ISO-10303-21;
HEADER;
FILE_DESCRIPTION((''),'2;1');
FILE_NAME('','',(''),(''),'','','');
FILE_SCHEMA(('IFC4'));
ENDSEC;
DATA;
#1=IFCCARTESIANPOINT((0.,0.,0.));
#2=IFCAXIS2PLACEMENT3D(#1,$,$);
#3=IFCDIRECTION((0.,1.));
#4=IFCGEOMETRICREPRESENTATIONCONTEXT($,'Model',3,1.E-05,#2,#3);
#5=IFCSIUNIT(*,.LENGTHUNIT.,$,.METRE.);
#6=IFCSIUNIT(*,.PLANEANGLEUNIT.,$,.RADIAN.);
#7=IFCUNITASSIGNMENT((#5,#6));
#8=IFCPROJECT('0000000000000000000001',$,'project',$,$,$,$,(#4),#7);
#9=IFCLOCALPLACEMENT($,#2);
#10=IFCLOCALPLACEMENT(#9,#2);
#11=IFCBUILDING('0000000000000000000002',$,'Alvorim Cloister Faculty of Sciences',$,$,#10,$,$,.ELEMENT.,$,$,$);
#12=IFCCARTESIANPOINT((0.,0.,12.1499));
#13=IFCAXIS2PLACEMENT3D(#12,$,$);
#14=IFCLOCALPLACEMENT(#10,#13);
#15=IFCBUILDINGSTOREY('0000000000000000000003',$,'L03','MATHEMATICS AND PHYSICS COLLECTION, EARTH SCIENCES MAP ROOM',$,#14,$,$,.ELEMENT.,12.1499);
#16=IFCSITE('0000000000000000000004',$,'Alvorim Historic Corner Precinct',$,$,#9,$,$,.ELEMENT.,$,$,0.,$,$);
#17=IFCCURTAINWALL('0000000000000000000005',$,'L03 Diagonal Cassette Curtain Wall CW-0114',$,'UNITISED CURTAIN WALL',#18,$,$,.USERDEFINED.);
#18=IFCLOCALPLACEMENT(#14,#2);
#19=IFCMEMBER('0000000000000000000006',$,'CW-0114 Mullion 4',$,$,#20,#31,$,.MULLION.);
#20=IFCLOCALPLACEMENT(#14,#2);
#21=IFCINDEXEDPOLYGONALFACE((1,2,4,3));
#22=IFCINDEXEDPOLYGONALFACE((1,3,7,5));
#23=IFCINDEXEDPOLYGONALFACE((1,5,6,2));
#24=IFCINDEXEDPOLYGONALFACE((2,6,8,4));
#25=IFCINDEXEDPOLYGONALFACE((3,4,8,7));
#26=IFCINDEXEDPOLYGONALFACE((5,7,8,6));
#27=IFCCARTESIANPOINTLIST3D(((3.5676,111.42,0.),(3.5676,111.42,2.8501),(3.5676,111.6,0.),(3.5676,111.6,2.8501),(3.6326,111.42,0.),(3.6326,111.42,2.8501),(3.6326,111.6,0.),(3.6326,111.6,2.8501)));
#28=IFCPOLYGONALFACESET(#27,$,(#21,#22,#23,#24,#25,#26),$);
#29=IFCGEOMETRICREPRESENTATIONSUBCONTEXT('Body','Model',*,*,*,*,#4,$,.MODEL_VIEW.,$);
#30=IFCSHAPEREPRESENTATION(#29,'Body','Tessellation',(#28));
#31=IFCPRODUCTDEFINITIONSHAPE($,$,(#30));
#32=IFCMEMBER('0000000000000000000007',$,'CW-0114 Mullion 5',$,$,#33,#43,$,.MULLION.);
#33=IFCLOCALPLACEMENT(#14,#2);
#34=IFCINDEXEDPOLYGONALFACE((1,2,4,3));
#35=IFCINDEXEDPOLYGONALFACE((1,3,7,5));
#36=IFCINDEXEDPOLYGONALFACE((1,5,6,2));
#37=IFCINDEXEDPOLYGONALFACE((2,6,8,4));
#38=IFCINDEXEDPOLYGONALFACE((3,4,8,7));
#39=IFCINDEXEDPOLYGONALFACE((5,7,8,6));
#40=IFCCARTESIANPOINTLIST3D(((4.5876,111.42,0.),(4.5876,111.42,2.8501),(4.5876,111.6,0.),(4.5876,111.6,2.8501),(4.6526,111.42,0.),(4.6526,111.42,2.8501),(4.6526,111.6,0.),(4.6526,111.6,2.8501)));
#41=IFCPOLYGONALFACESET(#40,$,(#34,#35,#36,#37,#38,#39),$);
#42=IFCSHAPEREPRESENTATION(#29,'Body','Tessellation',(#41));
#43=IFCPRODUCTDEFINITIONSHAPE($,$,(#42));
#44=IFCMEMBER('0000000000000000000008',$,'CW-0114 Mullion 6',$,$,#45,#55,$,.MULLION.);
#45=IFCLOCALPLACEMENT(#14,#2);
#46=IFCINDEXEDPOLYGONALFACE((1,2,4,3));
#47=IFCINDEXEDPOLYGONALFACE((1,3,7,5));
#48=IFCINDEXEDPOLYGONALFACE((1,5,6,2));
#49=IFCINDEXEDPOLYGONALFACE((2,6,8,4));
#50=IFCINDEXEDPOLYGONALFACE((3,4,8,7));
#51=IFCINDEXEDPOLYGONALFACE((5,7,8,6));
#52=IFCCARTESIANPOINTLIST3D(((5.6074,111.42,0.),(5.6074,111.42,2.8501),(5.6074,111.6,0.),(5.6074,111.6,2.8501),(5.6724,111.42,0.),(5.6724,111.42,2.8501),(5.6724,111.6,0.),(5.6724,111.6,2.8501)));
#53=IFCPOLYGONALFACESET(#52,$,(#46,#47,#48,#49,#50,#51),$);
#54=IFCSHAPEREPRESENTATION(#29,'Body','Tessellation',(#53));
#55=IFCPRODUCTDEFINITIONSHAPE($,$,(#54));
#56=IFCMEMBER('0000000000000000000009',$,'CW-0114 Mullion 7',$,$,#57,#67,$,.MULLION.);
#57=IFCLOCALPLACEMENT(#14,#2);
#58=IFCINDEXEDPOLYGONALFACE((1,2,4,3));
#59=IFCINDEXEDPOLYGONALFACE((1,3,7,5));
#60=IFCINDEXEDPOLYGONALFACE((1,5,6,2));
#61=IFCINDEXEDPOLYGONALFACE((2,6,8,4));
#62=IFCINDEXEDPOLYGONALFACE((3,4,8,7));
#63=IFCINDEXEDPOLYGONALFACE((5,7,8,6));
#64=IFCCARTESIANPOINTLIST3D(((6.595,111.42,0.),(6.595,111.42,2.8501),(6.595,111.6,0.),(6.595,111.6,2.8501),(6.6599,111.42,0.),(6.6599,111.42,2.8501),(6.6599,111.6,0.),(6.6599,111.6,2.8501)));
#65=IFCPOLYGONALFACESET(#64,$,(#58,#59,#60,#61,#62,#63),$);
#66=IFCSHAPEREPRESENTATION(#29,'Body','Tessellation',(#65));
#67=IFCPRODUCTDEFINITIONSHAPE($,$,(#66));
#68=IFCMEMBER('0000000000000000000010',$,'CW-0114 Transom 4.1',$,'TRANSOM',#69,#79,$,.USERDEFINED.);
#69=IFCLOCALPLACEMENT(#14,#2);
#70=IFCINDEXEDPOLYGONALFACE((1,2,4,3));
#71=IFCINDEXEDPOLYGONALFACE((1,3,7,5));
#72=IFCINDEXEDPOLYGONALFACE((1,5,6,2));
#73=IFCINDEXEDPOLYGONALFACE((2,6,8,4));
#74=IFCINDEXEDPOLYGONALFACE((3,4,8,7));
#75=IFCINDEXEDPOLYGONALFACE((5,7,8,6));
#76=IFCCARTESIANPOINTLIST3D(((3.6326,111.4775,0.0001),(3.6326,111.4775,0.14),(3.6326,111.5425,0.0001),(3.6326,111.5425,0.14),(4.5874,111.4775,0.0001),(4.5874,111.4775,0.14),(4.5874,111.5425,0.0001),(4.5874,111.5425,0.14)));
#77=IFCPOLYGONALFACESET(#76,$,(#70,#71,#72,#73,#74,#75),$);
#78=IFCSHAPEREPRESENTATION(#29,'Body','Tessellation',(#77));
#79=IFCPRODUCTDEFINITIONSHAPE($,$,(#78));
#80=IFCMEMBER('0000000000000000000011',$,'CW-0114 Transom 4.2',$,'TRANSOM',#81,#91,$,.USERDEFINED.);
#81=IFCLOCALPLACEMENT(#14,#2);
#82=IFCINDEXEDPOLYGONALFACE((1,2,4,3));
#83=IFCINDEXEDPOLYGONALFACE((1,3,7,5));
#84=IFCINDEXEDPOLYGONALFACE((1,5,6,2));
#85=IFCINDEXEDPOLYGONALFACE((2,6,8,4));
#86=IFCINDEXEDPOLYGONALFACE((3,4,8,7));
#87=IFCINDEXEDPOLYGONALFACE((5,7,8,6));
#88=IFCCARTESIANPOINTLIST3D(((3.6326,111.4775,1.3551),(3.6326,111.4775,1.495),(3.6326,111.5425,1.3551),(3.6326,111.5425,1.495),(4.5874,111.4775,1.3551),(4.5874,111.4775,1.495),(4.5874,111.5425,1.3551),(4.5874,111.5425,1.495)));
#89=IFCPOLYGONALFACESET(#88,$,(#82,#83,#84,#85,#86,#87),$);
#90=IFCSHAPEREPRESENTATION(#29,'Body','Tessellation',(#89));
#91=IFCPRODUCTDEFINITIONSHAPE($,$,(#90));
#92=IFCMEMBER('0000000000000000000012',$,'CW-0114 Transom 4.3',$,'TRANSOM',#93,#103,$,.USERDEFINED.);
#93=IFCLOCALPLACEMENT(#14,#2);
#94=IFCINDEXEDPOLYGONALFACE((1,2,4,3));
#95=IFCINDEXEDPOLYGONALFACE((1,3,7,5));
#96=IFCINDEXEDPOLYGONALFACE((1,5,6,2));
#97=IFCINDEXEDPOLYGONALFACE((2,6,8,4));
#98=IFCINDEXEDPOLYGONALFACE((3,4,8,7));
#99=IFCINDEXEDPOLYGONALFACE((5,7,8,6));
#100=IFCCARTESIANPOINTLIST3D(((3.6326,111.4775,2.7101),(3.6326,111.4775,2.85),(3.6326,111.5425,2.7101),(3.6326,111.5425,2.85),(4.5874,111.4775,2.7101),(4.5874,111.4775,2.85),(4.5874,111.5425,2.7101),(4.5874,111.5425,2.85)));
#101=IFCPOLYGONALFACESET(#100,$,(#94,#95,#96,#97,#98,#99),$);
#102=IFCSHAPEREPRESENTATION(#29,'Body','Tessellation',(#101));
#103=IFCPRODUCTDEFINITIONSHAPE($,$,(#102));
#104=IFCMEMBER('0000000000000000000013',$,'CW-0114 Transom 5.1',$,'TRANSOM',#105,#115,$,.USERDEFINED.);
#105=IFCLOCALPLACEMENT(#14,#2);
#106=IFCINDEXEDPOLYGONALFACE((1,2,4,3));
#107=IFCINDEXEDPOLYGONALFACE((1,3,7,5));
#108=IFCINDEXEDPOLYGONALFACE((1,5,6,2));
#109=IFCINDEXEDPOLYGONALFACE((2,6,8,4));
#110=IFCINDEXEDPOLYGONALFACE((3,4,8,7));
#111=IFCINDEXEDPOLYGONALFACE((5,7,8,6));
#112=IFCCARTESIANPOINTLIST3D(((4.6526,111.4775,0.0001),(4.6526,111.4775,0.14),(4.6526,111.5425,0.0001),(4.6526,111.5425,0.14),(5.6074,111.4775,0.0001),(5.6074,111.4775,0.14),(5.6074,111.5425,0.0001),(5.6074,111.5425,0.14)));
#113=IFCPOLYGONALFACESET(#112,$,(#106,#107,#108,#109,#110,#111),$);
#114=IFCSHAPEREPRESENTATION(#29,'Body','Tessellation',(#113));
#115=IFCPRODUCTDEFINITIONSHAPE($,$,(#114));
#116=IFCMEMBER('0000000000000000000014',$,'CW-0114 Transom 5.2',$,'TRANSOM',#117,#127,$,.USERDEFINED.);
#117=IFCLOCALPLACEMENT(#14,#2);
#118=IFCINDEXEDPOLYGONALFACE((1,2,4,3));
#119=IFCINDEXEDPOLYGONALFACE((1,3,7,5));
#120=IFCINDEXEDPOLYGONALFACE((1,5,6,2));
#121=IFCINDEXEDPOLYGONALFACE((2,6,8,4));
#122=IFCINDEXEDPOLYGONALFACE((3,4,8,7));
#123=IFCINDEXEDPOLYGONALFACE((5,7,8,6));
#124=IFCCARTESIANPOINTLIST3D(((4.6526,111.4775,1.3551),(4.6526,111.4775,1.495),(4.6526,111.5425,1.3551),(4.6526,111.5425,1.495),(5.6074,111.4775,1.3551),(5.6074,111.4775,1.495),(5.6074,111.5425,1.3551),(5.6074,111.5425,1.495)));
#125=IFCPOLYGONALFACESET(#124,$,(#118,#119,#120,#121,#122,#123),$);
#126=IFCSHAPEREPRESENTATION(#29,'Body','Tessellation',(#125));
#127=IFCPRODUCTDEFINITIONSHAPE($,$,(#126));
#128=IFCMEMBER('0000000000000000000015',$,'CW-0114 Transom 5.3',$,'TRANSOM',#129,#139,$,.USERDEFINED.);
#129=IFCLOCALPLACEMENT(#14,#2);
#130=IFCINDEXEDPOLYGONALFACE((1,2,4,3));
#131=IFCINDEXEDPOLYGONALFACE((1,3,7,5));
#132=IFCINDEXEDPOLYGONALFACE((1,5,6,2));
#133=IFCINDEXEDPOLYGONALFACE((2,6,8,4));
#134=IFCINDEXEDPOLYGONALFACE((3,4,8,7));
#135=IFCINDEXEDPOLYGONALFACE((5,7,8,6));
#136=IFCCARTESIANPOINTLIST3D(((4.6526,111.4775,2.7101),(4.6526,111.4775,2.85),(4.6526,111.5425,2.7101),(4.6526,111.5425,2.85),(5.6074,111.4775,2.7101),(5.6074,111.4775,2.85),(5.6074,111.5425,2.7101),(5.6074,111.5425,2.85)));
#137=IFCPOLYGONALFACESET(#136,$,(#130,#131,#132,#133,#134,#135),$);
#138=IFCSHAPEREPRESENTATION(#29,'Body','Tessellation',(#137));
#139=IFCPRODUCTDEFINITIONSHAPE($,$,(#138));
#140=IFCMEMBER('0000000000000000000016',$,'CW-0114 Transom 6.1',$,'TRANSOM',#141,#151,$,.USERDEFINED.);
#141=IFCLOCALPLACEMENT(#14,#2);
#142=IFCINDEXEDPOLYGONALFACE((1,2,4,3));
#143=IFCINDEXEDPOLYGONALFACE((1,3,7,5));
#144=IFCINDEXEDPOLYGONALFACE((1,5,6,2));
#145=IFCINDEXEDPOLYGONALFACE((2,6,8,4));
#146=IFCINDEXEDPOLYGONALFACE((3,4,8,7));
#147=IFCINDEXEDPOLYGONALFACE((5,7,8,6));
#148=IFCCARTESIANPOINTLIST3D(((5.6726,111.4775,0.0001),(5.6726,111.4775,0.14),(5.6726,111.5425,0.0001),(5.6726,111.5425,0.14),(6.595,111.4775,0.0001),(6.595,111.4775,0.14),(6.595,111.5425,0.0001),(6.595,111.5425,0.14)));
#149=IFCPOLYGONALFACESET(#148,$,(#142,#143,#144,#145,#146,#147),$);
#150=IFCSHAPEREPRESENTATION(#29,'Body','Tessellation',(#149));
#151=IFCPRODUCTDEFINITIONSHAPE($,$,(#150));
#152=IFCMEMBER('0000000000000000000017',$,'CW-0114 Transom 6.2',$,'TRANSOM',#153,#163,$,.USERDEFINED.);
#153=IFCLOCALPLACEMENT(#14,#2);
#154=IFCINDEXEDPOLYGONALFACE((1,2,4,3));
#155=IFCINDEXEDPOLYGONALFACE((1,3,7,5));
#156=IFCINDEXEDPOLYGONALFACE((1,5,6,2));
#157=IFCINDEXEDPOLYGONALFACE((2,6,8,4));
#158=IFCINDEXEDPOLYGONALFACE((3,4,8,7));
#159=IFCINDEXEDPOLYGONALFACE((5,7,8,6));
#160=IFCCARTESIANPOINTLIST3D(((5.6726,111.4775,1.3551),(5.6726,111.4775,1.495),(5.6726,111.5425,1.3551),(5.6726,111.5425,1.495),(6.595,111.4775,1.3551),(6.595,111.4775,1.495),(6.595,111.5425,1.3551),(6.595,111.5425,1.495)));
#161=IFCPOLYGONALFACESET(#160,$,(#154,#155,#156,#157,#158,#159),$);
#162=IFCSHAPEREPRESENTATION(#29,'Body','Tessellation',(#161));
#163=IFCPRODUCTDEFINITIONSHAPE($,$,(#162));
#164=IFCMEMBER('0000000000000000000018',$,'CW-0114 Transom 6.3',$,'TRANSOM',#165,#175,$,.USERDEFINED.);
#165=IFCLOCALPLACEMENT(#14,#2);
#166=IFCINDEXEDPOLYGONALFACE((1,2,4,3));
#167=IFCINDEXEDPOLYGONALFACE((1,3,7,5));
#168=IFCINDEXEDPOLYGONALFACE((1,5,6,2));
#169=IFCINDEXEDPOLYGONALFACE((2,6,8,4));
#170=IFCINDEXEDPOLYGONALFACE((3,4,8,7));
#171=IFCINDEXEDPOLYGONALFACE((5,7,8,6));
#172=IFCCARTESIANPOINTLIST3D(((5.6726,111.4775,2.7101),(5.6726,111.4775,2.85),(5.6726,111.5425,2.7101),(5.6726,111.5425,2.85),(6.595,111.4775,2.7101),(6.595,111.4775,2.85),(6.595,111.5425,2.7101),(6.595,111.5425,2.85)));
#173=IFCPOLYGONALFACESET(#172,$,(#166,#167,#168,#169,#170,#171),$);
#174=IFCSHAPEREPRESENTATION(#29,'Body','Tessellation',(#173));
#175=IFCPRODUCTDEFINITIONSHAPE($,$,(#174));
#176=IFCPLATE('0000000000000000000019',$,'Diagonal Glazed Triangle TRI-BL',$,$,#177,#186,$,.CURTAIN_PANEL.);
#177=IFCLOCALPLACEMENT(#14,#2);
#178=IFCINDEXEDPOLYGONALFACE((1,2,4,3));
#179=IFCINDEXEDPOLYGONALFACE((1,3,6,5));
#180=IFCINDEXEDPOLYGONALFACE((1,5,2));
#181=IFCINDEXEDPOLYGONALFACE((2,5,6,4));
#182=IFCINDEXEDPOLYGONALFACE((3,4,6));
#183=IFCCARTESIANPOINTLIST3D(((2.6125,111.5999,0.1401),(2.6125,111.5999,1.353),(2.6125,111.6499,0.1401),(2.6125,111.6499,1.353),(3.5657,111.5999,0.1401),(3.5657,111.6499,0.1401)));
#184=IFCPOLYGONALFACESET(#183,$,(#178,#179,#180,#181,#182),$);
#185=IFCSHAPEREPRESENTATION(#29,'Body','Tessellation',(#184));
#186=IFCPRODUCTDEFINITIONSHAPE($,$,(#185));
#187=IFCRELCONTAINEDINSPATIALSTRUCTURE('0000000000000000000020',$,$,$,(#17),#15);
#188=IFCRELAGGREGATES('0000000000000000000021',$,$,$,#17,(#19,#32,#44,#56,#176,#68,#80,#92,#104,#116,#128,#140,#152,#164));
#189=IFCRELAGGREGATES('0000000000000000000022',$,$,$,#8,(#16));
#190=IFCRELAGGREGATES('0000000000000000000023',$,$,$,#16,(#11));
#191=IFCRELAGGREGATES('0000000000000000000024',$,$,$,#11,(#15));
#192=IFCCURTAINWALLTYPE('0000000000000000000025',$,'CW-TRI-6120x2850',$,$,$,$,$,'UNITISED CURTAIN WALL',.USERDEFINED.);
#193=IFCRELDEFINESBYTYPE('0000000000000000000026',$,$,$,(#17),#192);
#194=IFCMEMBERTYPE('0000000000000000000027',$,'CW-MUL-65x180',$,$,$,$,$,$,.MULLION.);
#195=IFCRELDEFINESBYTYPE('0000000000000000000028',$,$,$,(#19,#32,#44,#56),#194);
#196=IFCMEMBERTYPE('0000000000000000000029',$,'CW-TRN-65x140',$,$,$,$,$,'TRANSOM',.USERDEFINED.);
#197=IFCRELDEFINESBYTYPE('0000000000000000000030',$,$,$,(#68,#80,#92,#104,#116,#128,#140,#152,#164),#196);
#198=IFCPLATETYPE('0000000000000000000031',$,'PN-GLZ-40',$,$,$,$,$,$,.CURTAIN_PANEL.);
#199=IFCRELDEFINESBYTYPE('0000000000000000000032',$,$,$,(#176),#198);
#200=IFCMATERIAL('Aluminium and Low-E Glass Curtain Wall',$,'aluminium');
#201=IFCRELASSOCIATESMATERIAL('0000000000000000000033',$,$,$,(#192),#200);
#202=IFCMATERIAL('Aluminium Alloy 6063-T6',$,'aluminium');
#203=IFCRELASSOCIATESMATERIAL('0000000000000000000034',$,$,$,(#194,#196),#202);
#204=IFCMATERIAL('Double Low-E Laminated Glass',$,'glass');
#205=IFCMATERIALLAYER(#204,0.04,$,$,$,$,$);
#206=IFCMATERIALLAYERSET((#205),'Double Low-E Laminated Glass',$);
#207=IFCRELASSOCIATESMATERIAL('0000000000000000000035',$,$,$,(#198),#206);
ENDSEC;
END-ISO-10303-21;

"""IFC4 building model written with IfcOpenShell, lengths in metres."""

from ifc_helpers import new_model, si_unit, direction, frame, origin, origin_2d, place, context, subcontext, project, spatial, polyline, rectangle, outline, extrude, material, layer, layer_set, material_profile, profile_set, type_object, element, aggregate, save


model = new_model("IFC4")

# Units and contexts
model_context = context("Model", 3, precision=1e-05, world=origin(), true_north=direction((0.0, 1.0)))
body_context = subcontext(model_context, "Body", "Model", "MODEL_VIEW")
ifc_project = project(units=[si_unit("LENGTHUNIT", "METRE"), si_unit("PLANEANGLEUNIT", "RADIAN")], contexts=[model_context])

# Site, building, storey
site_placement = place(None, origin())
site = spatial("IfcSite", under=ifc_project, at=site_placement, Name="Alvorim Historic Corner Precinct", CompositionType="ELEMENT", RefElevation=0.0)
building_placement = place(site_placement, origin())
building = spatial("IfcBuilding", under=site, at=building_placement, Name="Alvorim Cloister Faculty of Sciences", CompositionType="ELEMENT")
storey_placement = place(building_placement, frame((0.0, 0.0, 12.1499)))
storey = spatial("IfcBuildingStorey", under=building, at=storey_placement, Name="L03", Description="MATHEMATICS AND PHYSICS COLLECTION, EARTH SCIENCES MAP ROOM", CompositionType="ELEMENT", Elevation=12.1499)

# Curtain wall, members, plate
ifc_material_1 = material(Name="Aluminium and Low-E Glass Curtain Wall", Category="aluminium")
curtain_wall_type = type_object("IfcCurtainWallType", Name="CW-TRI-6120x2850", ElementType="UNITISED CURTAIN WALL", PredefinedType="USERDEFINED", material=ifc_material_1)
curtain_wall_placement = place(storey_placement, origin())
curtain_wall = element("IfcCurtainWall", 1, at=curtain_wall_placement, inside=storey, type_object=curtain_wall_type, Name="L03 Diagonal Cassette Curtain Wall CW-0114", ObjectType="UNITISED CURTAIN WALL", PredefinedType="USERDEFINED")
ifc_material_2 = material(Name="Aluminium Alloy 6063-T6", Category="aluminium")
ifc_material_profile_1 = material_profile(ifc_material_2, rectangle(XDim=0.0649, YDim=0.1799, at=origin_2d()), Name="ALU-MUL-65x180")
ifc_profile_set_1 = profile_set([ifc_material_profile_1], Name="Aluminium Alloy 6063-T6")
member_type_1 = type_object("IfcMemberType", Name="CW-MUL-65x180", PredefinedType="MULLION", material=ifc_profile_set_1)
member_1_placement = place(storey_placement, frame((3.6001, 111.51, 0.0), z_axis=(0.0, 0.0, 1.0), x_axis=(1.0, 0.0, 0.0)))
member_1 = element("IfcMember", 2, at=member_1_placement, type_object=member_type_1, Name="CW-0114 Mullion 4", PredefinedType="MULLION", context=body_context, shape_type="SweptSolid", body=[
    extrude(rectangle(XDim=0.0649, YDim=0.1799, at=origin_2d()), origin(), (0.0, 0.0, 1.0), 2.8501),
])
member_2_placement = place(storey_placement, frame((4.6201, 111.51, 0.0), z_axis=(0.0, 0.0, 1.0), x_axis=(1.0, 0.0, 0.0)))
member_2 = element("IfcMember", 3, at=member_2_placement, type_object=member_type_1, Name="CW-0114 Mullion 5", PredefinedType="MULLION", context=body_context, shape_type="SweptSolid", body=[
    extrude(rectangle(XDim=0.0649, YDim=0.1799, at=origin_2d()), origin(), (0.0, 0.0, 1.0), 2.8501),
])
member_3_placement = place(storey_placement, frame((5.6399, 111.51, 0.0), z_axis=(0.0, 0.0, 1.0), x_axis=(1.0, 0.0, 0.0)))
member_3 = element("IfcMember", 4, at=member_3_placement, type_object=member_type_1, Name="CW-0114 Mullion 6", PredefinedType="MULLION", context=body_context, shape_type="SweptSolid", body=[
    extrude(rectangle(XDim=0.0649, YDim=0.1799, at=origin_2d()), origin(), (0.0, 0.0, 1.0), 2.8501),
])
member_4_placement = place(storey_placement, frame((6.6274, 111.51, 0.0), z_axis=(0.0, 0.0, 1.0), x_axis=(1.0, 0.0, 0.0)))
member_4 = element("IfcMember", 5, at=member_4_placement, type_object=member_type_1, Name="CW-0114 Mullion 7", PredefinedType="MULLION", context=body_context, shape_type="SweptSolid", body=[
    extrude(rectangle(XDim=0.0649, YDim=0.1799, at=origin_2d()), origin(), (0.0, 0.0, 1.0), 2.8501),
])
ifc_material_profile_2 = material_profile(ifc_material_2, rectangle(XDim=0.0649, YDim=0.1399, at=origin_2d()), Name="ALU-TRN-65x140")
ifc_profile_set_2 = profile_set([ifc_material_profile_2], Name="Aluminium Alloy 6063-T6")
member_type_2 = type_object("IfcMemberType", Name="CW-TRN-65x140", ElementType="TRANSOM", PredefinedType="USERDEFINED", material=ifc_profile_set_2)
member_5_placement = place(storey_placement, frame((3.6326, 111.51, 0.0701), z_axis=(1.0, 0.0, 0.0), x_axis=(0.0, 1.0, 0.0)))
member_5 = element("IfcMember", 6, at=member_5_placement, type_object=member_type_2, Name="CW-0114 Transom 4.1", ObjectType="TRANSOM", PredefinedType="USERDEFINED", context=body_context, shape_type="SweptSolid", body=[
    extrude(rectangle(XDim=0.0649, YDim=0.1399, at=origin_2d()), origin(), (0.0, 0.0, 1.0), 0.9548),
])
member_6_placement = place(storey_placement, frame((3.6326, 111.51, 1.425), z_axis=(1.0, 0.0, 0.0), x_axis=(0.0, 1.0, 0.0)))
member_6 = element("IfcMember", 7, at=member_6_placement, type_object=member_type_2, Name="CW-0114 Transom 4.2", ObjectType="TRANSOM", PredefinedType="USERDEFINED", context=body_context, shape_type="SweptSolid", body=[
    extrude(rectangle(XDim=0.0649, YDim=0.1399, at=origin_2d()), origin(), (0.0, 0.0, 1.0), 0.9548),
])
member_7_placement = place(storey_placement, frame((3.6326, 111.51, 2.78), z_axis=(1.0, 0.0, 0.0), x_axis=(0.0, 1.0, 0.0)))
member_7 = element("IfcMember", 8, at=member_7_placement, type_object=member_type_2, Name="CW-0114 Transom 4.3", ObjectType="TRANSOM", PredefinedType="USERDEFINED", context=body_context, shape_type="SweptSolid", body=[
    extrude(rectangle(XDim=0.0649, YDim=0.1399, at=origin_2d()), origin(), (0.0, 0.0, 1.0), 0.9548),
])
member_8_placement = place(storey_placement, frame((4.6526, 111.51, 0.0701), z_axis=(1.0, 0.0, 0.0), x_axis=(0.0, 1.0, 0.0)))
member_8 = element("IfcMember", 9, at=member_8_placement, type_object=member_type_2, Name="CW-0114 Transom 5.1", ObjectType="TRANSOM", PredefinedType="USERDEFINED", context=body_context, shape_type="SweptSolid", body=[
    extrude(rectangle(XDim=0.0649, YDim=0.1399, at=origin_2d()), origin(), (0.0, 0.0, 1.0), 0.9548),
])
member_9_placement = place(storey_placement, frame((4.6526, 111.51, 1.425), z_axis=(1.0, 0.0, 0.0), x_axis=(0.0, 1.0, 0.0)))
member_9 = element("IfcMember", 10, at=member_9_placement, type_object=member_type_2, Name="CW-0114 Transom 5.2", ObjectType="TRANSOM", PredefinedType="USERDEFINED", context=body_context, shape_type="SweptSolid", body=[
    extrude(rectangle(XDim=0.0649, YDim=0.1399, at=origin_2d()), origin(), (0.0, 0.0, 1.0), 0.9548),
])
member_10_placement = place(storey_placement, frame((4.6526, 111.51, 2.78), z_axis=(1.0, 0.0, 0.0), x_axis=(0.0, 1.0, 0.0)))
member_10 = element("IfcMember", 11, at=member_10_placement, type_object=member_type_2, Name="CW-0114 Transom 5.3", ObjectType="TRANSOM", PredefinedType="USERDEFINED", context=body_context, shape_type="SweptSolid", body=[
    extrude(rectangle(XDim=0.0649, YDim=0.1399, at=origin_2d()), origin(), (0.0, 0.0, 1.0), 0.9548),
])
member_11_placement = place(storey_placement, frame((5.6726, 111.51, 0.0701), z_axis=(1.0, 0.0, 0.0), x_axis=(0.0, 1.0, 0.0)))
member_11 = element("IfcMember", 12, at=member_11_placement, type_object=member_type_2, Name="CW-0114 Transom 6.1", ObjectType="TRANSOM", PredefinedType="USERDEFINED", context=body_context, shape_type="SweptSolid", body=[
    extrude(rectangle(XDim=0.0649, YDim=0.1399, at=origin_2d()), origin(), (0.0, 0.0, 1.0), 0.9224),
])
member_12_placement = place(storey_placement, frame((5.6726, 111.51, 1.425), z_axis=(1.0, 0.0, 0.0), x_axis=(0.0, 1.0, 0.0)))
member_12 = element("IfcMember", 13, at=member_12_placement, type_object=member_type_2, Name="CW-0114 Transom 6.2", ObjectType="TRANSOM", PredefinedType="USERDEFINED", context=body_context, shape_type="SweptSolid", body=[
    extrude(rectangle(XDim=0.0649, YDim=0.1399, at=origin_2d()), origin(), (0.0, 0.0, 1.0), 0.9224),
])
member_13_placement = place(storey_placement, frame((5.6726, 111.51, 2.78), z_axis=(1.0, 0.0, 0.0), x_axis=(0.0, 1.0, 0.0)))
member_13 = element("IfcMember", 14, at=member_13_placement, type_object=member_type_2, Name="CW-0114 Transom 6.3", ObjectType="TRANSOM", PredefinedType="USERDEFINED", context=body_context, shape_type="SweptSolid", body=[
    extrude(rectangle(XDim=0.0649, YDim=0.1399, at=origin_2d()), origin(), (0.0, 0.0, 1.0), 0.9224),
])
ifc_material_3 = material(Name="Double Low-E Laminated Glass", Category="glass")
ifc_layer = layer(ifc_material_3, 0.04)
ifc_layer_set = layer_set([ifc_layer], Name="Double Low-E Laminated Glass")
plate_type = type_object("IfcPlateType", Name="PN-GLZ-40", PredefinedType="CURTAIN_PANEL", material=ifc_layer_set)
plate_1_placement = place(storey_placement, frame((2.6125, 111.625, 0.1401), z_axis=(0.0, 0.0, 1.0), x_axis=(1.0, 0.0, 0.0)))
plate_1 = element("IfcPlate", 15, at=plate_1_placement, type_object=plate_type, Name="Diagonal Glazed Triangle TRI-BL", PredefinedType="CURTAIN_PANEL", context=body_context, shape_type="SweptSolid", body=[
    extrude(outline(polyline([(0.0, 0.0), (0.9531, 0.0), (0.0, 1.2129), (0.0, 0.0)])), frame((0.0, 0.0249, 0.0), z_axis=(0.0, -1.0, 0.0), x_axis=(1.0, 0.0, 0.0)), (0.0, 0.0, 1.0), 0.05),
])
aggregate(curtain_wall, [member_1, member_2, member_3, member_4, plate_1, member_5, member_6, member_7, member_8, member_9, member_10, member_11, member_12, member_13])

save(model, "model.ifc")
